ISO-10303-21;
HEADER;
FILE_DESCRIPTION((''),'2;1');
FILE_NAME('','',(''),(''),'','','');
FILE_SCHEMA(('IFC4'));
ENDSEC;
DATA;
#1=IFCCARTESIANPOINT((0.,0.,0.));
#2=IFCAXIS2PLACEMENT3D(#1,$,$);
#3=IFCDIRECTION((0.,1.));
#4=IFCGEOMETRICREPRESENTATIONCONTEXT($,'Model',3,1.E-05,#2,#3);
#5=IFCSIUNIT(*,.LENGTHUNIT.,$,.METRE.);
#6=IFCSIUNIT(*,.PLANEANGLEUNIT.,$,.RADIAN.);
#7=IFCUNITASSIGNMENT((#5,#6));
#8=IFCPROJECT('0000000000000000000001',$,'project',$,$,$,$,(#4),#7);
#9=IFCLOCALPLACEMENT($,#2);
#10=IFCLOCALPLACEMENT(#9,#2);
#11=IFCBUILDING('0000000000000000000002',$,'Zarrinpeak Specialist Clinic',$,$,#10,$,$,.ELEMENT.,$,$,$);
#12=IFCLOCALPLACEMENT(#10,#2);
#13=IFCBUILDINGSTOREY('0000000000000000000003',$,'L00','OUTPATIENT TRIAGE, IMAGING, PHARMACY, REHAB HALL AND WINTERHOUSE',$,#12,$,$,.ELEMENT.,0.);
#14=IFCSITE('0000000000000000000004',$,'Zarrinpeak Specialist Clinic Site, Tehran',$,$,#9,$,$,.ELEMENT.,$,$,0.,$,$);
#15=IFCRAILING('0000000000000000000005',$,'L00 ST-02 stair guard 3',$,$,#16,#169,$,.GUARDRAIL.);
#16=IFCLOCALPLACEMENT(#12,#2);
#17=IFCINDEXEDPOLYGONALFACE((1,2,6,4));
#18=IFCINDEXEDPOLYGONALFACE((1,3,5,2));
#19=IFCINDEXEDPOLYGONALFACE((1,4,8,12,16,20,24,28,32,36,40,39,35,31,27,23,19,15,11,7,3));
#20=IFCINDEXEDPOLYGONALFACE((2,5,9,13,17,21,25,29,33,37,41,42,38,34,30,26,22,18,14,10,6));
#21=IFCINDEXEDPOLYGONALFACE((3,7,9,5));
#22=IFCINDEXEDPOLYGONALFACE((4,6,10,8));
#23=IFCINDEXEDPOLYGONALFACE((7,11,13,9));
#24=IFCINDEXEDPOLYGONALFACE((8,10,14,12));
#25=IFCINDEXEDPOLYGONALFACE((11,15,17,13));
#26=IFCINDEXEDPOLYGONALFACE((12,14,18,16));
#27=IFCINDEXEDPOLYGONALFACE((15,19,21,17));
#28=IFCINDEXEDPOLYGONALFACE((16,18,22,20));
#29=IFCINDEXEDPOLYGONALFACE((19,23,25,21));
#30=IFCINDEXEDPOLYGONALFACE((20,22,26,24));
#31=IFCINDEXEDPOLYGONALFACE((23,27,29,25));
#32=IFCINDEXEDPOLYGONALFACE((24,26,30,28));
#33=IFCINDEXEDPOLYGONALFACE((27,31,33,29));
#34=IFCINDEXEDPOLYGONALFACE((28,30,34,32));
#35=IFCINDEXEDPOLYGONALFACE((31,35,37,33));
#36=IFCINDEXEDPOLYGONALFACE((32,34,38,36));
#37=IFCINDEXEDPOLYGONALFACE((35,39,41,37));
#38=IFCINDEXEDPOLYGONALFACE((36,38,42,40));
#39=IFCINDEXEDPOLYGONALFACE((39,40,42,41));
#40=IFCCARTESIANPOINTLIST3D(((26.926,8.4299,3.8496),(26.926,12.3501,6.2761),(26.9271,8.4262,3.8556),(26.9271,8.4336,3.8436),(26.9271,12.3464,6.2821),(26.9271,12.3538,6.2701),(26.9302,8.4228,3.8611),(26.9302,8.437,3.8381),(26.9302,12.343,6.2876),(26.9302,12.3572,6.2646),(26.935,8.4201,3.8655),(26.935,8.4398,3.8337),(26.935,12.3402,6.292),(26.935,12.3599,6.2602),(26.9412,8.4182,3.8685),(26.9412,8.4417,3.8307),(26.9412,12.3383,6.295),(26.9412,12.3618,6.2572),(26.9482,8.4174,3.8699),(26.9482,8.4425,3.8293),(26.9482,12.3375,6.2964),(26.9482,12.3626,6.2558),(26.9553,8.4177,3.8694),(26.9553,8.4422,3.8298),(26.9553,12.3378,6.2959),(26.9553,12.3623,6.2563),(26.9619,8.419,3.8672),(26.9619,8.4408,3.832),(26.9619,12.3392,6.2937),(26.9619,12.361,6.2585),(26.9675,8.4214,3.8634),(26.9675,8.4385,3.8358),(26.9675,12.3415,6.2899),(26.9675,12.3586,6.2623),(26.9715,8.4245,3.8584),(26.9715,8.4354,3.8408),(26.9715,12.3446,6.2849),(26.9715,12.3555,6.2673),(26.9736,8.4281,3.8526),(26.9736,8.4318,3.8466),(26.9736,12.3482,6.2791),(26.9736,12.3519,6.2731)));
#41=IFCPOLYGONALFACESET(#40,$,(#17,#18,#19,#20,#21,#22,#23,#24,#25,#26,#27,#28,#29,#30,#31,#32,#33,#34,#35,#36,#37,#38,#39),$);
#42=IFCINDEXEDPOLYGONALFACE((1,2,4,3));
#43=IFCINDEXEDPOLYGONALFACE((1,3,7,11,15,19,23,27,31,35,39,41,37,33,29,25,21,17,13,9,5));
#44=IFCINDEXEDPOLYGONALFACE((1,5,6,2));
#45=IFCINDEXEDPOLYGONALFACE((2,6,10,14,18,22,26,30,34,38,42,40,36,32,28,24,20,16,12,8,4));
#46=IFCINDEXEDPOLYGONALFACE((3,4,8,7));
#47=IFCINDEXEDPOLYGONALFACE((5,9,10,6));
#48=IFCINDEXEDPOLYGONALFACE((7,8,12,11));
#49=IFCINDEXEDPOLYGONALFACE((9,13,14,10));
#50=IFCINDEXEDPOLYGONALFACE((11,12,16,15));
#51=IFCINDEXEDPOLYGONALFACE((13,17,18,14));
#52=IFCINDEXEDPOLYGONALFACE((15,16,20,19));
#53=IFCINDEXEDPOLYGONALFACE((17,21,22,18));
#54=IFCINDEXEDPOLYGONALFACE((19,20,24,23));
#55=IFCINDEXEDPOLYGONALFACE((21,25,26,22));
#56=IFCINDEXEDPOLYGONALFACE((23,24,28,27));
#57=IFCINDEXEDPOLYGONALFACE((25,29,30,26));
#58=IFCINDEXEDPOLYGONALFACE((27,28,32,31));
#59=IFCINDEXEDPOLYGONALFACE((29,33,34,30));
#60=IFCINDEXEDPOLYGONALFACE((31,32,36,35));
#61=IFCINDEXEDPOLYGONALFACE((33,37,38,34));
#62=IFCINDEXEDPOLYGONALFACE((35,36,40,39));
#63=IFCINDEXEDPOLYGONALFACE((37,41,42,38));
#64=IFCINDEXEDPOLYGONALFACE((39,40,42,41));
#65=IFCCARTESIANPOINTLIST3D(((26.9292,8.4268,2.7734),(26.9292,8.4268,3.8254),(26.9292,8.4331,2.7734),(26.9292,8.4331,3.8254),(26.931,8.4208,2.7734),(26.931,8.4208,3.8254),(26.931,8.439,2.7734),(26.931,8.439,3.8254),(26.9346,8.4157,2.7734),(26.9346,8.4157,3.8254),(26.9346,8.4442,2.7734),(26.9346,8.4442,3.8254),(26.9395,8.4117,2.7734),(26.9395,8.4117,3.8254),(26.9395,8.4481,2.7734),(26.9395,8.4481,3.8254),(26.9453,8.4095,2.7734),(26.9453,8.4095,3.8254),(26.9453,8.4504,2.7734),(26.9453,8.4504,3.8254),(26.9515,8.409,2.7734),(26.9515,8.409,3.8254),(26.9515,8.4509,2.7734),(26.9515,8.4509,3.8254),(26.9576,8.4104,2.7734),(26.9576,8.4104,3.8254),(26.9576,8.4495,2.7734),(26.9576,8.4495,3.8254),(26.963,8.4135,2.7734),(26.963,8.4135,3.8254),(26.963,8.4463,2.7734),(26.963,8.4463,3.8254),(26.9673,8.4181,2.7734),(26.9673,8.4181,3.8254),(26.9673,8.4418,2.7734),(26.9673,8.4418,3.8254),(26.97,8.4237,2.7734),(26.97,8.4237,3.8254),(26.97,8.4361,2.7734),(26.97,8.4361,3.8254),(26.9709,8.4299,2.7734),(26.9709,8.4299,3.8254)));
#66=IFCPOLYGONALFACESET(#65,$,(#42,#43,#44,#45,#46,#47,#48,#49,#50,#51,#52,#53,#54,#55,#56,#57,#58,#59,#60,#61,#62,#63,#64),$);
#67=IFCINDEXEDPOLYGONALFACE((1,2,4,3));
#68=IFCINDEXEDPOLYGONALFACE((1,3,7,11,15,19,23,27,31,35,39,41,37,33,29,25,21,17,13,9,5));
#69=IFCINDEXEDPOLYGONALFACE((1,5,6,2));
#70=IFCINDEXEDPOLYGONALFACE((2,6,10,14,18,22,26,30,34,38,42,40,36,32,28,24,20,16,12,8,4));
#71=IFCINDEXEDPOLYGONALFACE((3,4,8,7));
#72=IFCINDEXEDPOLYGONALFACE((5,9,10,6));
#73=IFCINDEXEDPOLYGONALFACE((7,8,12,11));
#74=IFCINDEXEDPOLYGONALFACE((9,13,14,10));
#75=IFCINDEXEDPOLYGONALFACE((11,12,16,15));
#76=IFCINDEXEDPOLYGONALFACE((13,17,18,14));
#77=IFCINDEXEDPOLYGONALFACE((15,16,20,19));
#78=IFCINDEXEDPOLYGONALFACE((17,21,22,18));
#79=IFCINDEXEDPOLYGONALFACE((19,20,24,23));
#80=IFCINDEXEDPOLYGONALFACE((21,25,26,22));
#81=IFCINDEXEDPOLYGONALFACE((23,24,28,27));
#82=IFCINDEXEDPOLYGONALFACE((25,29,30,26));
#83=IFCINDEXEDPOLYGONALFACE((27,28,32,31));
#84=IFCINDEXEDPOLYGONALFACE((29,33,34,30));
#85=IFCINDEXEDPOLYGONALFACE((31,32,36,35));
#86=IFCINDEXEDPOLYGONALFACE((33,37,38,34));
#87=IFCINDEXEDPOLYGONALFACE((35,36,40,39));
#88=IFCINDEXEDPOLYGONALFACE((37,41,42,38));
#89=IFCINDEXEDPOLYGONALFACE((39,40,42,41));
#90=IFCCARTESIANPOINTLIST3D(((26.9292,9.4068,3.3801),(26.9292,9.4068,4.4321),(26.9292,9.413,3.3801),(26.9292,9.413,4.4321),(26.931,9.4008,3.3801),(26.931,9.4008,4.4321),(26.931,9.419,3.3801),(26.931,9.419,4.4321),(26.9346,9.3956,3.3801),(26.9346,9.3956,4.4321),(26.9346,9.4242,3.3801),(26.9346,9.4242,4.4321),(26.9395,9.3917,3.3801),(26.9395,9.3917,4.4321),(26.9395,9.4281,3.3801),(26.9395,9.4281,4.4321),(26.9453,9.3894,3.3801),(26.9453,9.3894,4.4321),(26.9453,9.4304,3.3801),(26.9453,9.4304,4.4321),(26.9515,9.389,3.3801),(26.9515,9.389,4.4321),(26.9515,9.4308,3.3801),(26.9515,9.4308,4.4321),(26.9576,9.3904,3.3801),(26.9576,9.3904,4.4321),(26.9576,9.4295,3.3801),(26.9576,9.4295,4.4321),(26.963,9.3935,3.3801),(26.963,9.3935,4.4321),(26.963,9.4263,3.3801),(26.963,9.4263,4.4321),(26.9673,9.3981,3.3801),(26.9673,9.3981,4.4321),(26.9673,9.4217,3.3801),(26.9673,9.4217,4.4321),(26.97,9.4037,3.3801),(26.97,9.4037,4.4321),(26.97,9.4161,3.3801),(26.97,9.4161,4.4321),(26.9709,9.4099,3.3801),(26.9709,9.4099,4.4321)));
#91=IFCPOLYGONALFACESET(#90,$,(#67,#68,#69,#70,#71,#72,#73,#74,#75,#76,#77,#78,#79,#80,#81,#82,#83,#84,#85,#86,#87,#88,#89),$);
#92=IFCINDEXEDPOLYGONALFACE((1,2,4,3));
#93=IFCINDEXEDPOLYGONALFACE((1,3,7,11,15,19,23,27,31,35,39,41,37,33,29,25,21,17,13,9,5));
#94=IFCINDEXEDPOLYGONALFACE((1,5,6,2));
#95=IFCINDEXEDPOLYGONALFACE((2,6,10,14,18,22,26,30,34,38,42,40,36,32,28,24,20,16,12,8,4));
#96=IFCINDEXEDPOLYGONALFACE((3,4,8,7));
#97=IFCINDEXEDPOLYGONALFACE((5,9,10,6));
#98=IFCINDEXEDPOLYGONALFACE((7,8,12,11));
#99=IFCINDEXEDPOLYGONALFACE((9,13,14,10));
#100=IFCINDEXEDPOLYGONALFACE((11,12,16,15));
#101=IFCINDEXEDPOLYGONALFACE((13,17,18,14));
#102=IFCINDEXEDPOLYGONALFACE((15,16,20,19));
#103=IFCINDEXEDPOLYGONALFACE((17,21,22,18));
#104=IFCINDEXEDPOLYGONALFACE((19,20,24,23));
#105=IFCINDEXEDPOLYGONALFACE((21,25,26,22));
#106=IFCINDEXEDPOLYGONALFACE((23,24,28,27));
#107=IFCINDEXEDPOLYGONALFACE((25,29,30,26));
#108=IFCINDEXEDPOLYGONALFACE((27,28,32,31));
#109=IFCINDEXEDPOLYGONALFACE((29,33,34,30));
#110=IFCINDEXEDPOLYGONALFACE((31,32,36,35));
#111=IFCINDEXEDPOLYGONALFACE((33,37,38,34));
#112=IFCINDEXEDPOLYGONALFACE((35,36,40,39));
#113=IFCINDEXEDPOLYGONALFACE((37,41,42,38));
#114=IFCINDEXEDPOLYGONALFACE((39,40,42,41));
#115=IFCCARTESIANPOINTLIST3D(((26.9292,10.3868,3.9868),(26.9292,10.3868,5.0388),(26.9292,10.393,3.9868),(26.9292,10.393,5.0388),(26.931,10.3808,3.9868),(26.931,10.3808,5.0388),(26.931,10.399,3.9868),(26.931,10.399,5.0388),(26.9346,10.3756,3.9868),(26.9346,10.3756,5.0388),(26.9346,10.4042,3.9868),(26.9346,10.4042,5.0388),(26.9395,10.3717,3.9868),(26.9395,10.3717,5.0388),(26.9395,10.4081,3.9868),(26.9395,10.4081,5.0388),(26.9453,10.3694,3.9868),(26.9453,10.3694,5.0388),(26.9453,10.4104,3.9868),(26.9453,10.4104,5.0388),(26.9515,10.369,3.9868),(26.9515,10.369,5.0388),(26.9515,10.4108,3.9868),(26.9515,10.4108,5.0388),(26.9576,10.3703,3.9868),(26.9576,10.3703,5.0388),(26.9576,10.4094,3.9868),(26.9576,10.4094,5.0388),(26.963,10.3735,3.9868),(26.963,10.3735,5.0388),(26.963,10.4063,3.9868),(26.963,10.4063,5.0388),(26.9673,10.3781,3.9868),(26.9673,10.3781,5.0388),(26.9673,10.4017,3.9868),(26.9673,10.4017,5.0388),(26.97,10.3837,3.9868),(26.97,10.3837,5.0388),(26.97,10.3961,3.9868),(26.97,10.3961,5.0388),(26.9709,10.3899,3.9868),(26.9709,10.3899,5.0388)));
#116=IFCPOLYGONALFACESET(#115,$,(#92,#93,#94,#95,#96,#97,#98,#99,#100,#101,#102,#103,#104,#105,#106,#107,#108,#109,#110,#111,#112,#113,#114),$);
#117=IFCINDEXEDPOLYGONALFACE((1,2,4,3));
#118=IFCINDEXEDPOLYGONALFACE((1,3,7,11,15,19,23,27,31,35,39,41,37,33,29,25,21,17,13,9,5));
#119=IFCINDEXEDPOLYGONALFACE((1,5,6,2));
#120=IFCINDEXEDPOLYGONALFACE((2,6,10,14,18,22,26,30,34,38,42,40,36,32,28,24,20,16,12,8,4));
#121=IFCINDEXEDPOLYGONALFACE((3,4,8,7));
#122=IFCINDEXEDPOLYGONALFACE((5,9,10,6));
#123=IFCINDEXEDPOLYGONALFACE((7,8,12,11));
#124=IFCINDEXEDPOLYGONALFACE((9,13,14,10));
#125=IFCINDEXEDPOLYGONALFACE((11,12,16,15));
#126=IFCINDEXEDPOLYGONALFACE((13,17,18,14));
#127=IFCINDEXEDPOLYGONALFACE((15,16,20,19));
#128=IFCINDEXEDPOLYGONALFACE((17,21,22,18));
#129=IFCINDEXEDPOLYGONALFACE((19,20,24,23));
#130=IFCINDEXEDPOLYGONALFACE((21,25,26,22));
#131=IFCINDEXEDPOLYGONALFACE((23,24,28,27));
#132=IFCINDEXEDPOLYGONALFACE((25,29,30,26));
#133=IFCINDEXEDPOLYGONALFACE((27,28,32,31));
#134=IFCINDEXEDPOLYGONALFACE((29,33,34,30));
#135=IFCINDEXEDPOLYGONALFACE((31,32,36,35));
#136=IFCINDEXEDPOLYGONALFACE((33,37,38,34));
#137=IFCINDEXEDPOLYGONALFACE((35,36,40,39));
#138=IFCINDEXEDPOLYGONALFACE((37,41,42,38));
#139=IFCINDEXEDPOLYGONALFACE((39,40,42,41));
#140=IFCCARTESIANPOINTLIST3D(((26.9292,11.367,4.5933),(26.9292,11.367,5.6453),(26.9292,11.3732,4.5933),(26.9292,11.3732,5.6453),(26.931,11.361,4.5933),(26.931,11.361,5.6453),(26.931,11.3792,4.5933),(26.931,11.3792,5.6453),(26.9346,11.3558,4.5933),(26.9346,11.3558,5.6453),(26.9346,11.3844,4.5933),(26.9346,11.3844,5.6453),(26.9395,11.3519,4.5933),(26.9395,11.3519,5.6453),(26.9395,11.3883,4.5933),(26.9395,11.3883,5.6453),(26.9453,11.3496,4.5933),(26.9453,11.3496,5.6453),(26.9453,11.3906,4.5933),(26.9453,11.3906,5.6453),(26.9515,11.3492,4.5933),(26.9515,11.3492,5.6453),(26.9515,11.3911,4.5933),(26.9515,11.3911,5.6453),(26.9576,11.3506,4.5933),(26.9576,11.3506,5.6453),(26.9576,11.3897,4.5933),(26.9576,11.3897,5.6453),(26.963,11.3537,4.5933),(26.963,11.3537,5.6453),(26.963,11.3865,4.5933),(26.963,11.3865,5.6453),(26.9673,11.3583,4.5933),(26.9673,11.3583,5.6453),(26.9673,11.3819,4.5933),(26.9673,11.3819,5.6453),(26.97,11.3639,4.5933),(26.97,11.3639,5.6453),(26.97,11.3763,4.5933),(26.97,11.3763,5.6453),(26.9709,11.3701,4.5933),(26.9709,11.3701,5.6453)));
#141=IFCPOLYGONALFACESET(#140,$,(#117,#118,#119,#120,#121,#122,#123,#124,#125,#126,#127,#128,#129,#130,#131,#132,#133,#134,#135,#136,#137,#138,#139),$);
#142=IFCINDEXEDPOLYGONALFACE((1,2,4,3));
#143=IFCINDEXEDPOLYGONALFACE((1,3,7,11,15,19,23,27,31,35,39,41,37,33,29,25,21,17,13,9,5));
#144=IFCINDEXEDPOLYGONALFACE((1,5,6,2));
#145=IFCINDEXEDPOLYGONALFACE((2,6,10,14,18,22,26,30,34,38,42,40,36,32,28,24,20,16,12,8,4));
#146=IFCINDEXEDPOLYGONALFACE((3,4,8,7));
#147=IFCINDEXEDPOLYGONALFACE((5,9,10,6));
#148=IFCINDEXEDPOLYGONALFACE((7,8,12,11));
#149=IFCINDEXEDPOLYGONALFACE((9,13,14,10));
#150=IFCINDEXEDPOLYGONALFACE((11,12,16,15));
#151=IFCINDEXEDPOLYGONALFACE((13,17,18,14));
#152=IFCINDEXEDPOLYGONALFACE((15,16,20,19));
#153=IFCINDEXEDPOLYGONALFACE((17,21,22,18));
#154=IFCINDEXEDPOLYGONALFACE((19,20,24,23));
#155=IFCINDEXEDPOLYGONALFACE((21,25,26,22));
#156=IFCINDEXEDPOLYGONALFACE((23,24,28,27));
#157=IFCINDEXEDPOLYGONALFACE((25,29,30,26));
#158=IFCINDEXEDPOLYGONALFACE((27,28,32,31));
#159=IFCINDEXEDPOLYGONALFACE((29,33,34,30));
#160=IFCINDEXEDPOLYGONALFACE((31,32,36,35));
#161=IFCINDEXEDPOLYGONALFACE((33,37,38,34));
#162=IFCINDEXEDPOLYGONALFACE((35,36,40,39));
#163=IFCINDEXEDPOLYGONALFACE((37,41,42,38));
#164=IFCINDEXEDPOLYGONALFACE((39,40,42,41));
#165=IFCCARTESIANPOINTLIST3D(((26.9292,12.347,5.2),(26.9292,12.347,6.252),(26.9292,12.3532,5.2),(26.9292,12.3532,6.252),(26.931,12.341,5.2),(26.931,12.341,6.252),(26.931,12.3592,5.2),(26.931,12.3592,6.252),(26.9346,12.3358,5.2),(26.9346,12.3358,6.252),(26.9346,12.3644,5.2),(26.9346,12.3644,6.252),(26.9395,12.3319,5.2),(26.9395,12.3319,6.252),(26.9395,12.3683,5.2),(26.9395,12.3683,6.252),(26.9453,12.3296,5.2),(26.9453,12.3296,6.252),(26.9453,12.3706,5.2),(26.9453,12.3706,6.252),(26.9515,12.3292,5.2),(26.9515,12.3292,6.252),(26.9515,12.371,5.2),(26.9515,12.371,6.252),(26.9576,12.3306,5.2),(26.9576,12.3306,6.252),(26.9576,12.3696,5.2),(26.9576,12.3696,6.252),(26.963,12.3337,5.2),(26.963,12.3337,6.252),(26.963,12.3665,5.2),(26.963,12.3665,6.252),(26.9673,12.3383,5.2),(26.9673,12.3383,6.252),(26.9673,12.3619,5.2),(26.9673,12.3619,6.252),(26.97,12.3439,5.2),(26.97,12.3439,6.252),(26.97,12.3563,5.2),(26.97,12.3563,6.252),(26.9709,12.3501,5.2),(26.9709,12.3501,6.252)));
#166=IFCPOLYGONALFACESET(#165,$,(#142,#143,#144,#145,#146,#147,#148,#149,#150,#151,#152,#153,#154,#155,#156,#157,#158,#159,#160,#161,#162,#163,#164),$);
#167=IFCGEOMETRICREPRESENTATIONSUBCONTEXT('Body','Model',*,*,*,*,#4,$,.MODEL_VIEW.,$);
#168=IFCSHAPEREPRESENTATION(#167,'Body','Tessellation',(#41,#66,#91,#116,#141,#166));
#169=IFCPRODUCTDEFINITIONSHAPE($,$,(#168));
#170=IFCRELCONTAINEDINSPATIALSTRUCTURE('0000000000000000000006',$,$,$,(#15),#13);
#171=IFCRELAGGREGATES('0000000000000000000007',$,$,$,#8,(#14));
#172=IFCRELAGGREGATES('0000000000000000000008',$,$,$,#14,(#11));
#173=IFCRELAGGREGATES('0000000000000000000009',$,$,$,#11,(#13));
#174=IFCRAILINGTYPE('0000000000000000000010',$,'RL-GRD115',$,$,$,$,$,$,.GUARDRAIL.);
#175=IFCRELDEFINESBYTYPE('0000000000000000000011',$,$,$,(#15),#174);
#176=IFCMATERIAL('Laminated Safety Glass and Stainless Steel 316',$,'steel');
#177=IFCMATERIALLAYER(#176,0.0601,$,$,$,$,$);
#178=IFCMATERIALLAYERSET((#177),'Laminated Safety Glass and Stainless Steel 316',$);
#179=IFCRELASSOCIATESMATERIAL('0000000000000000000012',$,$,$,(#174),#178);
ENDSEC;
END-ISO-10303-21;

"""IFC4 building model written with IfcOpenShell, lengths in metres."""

from ifc_helpers import new_model, si_unit, direction, frame, origin, origin_2d, place, context, subcontext, project, spatial, circle, extrude, material, layer, layer_set, type_object, element, save


model = new_model("IFC4")

# Units and contexts
model_context = context("Model", 3, precision=1e-05, world=origin(), true_north=direction((0.0, 1.0)))
body_context = subcontext(model_context, "Body", "Model", "MODEL_VIEW")
ifc_project = project(units=[si_unit("LENGTHUNIT", "METRE"), si_unit("PLANEANGLEUNIT", "RADIAN")], contexts=[model_context])

# Site, building, storey
site_placement = place(None, origin())
site = spatial("IfcSite", under=ifc_project, at=site_placement, Name="Zarrinpeak Specialist Clinic Site, Tehran", CompositionType="ELEMENT", RefElevation=0.0)
building_placement = place(site_placement, origin())
building = spatial("IfcBuilding", under=site, at=building_placement, Name="Zarrinpeak Specialist Clinic", CompositionType="ELEMENT")
storey_placement = place(building_placement, origin())
storey = spatial("IfcBuildingStorey", under=building, at=storey_placement, Name="L00", Description="OUTPATIENT TRIAGE, IMAGING, PHARMACY, REHAB HALL AND WINTERHOUSE", CompositionType="ELEMENT", Elevation=0.0)

# Railing
ifc_material_1 = material(Name="Laminated Safety Glass and Stainless Steel 316", Category="steel")
ifc_layer_1 = layer(ifc_material_1, 0.0601)
ifc_layer_set_1 = layer_set([ifc_layer_1], Name="Laminated Safety Glass and Stainless Steel 316")
railing_type_1 = type_object("IfcRailingType", Name="RL-GRD115", PredefinedType="GUARDRAIL", material=ifc_layer_set_1)
railing_1_placement = place(storey_placement, frame((26.95, 8.4299, 2.7734)))
element("IfcRailing", 1, at=railing_1_placement, inside=storey, type_object=railing_type_1, Name="L00 ST-02 stair guard 3", PredefinedType="GUARDRAIL", context=body_context, shape_type="SweptSolid", body=[
    extrude(circle(Radius=0.0239, at=origin_2d()), frame((0.0, 0.0, 1.0762), z_axis=(0.0, 0.85029, 0.526315), x_axis=(-1.0, 0.0, 0.0)), (0.0, 0.0, 1.0), 4.6104),
    extrude(circle(Radius=0.021, at=origin_2d()), origin(), (0.0, 0.0, 1.0), 1.052),
    extrude(circle(Radius=0.021, at=origin_2d()), frame((0.0, 0.98, 0.6067)), (0.0, 0.0, 1.0), 1.052),
    extrude(circle(Radius=0.021, at=origin_2d()), frame((0.0, 1.96, 1.2134)), (0.0, 0.0, 1.0), 1.052),
    extrude(circle(Radius=0.021, at=origin_2d()), frame((0.0, 2.9402, 1.8198)), (0.0, 0.0, 1.0), 1.052),
    extrude(circle(Radius=0.021, at=origin_2d()), frame((0.0, 3.9202, 2.4265)), (0.0, 0.0, 1.0), 1.052),
])

save(model, "model.ifc")
